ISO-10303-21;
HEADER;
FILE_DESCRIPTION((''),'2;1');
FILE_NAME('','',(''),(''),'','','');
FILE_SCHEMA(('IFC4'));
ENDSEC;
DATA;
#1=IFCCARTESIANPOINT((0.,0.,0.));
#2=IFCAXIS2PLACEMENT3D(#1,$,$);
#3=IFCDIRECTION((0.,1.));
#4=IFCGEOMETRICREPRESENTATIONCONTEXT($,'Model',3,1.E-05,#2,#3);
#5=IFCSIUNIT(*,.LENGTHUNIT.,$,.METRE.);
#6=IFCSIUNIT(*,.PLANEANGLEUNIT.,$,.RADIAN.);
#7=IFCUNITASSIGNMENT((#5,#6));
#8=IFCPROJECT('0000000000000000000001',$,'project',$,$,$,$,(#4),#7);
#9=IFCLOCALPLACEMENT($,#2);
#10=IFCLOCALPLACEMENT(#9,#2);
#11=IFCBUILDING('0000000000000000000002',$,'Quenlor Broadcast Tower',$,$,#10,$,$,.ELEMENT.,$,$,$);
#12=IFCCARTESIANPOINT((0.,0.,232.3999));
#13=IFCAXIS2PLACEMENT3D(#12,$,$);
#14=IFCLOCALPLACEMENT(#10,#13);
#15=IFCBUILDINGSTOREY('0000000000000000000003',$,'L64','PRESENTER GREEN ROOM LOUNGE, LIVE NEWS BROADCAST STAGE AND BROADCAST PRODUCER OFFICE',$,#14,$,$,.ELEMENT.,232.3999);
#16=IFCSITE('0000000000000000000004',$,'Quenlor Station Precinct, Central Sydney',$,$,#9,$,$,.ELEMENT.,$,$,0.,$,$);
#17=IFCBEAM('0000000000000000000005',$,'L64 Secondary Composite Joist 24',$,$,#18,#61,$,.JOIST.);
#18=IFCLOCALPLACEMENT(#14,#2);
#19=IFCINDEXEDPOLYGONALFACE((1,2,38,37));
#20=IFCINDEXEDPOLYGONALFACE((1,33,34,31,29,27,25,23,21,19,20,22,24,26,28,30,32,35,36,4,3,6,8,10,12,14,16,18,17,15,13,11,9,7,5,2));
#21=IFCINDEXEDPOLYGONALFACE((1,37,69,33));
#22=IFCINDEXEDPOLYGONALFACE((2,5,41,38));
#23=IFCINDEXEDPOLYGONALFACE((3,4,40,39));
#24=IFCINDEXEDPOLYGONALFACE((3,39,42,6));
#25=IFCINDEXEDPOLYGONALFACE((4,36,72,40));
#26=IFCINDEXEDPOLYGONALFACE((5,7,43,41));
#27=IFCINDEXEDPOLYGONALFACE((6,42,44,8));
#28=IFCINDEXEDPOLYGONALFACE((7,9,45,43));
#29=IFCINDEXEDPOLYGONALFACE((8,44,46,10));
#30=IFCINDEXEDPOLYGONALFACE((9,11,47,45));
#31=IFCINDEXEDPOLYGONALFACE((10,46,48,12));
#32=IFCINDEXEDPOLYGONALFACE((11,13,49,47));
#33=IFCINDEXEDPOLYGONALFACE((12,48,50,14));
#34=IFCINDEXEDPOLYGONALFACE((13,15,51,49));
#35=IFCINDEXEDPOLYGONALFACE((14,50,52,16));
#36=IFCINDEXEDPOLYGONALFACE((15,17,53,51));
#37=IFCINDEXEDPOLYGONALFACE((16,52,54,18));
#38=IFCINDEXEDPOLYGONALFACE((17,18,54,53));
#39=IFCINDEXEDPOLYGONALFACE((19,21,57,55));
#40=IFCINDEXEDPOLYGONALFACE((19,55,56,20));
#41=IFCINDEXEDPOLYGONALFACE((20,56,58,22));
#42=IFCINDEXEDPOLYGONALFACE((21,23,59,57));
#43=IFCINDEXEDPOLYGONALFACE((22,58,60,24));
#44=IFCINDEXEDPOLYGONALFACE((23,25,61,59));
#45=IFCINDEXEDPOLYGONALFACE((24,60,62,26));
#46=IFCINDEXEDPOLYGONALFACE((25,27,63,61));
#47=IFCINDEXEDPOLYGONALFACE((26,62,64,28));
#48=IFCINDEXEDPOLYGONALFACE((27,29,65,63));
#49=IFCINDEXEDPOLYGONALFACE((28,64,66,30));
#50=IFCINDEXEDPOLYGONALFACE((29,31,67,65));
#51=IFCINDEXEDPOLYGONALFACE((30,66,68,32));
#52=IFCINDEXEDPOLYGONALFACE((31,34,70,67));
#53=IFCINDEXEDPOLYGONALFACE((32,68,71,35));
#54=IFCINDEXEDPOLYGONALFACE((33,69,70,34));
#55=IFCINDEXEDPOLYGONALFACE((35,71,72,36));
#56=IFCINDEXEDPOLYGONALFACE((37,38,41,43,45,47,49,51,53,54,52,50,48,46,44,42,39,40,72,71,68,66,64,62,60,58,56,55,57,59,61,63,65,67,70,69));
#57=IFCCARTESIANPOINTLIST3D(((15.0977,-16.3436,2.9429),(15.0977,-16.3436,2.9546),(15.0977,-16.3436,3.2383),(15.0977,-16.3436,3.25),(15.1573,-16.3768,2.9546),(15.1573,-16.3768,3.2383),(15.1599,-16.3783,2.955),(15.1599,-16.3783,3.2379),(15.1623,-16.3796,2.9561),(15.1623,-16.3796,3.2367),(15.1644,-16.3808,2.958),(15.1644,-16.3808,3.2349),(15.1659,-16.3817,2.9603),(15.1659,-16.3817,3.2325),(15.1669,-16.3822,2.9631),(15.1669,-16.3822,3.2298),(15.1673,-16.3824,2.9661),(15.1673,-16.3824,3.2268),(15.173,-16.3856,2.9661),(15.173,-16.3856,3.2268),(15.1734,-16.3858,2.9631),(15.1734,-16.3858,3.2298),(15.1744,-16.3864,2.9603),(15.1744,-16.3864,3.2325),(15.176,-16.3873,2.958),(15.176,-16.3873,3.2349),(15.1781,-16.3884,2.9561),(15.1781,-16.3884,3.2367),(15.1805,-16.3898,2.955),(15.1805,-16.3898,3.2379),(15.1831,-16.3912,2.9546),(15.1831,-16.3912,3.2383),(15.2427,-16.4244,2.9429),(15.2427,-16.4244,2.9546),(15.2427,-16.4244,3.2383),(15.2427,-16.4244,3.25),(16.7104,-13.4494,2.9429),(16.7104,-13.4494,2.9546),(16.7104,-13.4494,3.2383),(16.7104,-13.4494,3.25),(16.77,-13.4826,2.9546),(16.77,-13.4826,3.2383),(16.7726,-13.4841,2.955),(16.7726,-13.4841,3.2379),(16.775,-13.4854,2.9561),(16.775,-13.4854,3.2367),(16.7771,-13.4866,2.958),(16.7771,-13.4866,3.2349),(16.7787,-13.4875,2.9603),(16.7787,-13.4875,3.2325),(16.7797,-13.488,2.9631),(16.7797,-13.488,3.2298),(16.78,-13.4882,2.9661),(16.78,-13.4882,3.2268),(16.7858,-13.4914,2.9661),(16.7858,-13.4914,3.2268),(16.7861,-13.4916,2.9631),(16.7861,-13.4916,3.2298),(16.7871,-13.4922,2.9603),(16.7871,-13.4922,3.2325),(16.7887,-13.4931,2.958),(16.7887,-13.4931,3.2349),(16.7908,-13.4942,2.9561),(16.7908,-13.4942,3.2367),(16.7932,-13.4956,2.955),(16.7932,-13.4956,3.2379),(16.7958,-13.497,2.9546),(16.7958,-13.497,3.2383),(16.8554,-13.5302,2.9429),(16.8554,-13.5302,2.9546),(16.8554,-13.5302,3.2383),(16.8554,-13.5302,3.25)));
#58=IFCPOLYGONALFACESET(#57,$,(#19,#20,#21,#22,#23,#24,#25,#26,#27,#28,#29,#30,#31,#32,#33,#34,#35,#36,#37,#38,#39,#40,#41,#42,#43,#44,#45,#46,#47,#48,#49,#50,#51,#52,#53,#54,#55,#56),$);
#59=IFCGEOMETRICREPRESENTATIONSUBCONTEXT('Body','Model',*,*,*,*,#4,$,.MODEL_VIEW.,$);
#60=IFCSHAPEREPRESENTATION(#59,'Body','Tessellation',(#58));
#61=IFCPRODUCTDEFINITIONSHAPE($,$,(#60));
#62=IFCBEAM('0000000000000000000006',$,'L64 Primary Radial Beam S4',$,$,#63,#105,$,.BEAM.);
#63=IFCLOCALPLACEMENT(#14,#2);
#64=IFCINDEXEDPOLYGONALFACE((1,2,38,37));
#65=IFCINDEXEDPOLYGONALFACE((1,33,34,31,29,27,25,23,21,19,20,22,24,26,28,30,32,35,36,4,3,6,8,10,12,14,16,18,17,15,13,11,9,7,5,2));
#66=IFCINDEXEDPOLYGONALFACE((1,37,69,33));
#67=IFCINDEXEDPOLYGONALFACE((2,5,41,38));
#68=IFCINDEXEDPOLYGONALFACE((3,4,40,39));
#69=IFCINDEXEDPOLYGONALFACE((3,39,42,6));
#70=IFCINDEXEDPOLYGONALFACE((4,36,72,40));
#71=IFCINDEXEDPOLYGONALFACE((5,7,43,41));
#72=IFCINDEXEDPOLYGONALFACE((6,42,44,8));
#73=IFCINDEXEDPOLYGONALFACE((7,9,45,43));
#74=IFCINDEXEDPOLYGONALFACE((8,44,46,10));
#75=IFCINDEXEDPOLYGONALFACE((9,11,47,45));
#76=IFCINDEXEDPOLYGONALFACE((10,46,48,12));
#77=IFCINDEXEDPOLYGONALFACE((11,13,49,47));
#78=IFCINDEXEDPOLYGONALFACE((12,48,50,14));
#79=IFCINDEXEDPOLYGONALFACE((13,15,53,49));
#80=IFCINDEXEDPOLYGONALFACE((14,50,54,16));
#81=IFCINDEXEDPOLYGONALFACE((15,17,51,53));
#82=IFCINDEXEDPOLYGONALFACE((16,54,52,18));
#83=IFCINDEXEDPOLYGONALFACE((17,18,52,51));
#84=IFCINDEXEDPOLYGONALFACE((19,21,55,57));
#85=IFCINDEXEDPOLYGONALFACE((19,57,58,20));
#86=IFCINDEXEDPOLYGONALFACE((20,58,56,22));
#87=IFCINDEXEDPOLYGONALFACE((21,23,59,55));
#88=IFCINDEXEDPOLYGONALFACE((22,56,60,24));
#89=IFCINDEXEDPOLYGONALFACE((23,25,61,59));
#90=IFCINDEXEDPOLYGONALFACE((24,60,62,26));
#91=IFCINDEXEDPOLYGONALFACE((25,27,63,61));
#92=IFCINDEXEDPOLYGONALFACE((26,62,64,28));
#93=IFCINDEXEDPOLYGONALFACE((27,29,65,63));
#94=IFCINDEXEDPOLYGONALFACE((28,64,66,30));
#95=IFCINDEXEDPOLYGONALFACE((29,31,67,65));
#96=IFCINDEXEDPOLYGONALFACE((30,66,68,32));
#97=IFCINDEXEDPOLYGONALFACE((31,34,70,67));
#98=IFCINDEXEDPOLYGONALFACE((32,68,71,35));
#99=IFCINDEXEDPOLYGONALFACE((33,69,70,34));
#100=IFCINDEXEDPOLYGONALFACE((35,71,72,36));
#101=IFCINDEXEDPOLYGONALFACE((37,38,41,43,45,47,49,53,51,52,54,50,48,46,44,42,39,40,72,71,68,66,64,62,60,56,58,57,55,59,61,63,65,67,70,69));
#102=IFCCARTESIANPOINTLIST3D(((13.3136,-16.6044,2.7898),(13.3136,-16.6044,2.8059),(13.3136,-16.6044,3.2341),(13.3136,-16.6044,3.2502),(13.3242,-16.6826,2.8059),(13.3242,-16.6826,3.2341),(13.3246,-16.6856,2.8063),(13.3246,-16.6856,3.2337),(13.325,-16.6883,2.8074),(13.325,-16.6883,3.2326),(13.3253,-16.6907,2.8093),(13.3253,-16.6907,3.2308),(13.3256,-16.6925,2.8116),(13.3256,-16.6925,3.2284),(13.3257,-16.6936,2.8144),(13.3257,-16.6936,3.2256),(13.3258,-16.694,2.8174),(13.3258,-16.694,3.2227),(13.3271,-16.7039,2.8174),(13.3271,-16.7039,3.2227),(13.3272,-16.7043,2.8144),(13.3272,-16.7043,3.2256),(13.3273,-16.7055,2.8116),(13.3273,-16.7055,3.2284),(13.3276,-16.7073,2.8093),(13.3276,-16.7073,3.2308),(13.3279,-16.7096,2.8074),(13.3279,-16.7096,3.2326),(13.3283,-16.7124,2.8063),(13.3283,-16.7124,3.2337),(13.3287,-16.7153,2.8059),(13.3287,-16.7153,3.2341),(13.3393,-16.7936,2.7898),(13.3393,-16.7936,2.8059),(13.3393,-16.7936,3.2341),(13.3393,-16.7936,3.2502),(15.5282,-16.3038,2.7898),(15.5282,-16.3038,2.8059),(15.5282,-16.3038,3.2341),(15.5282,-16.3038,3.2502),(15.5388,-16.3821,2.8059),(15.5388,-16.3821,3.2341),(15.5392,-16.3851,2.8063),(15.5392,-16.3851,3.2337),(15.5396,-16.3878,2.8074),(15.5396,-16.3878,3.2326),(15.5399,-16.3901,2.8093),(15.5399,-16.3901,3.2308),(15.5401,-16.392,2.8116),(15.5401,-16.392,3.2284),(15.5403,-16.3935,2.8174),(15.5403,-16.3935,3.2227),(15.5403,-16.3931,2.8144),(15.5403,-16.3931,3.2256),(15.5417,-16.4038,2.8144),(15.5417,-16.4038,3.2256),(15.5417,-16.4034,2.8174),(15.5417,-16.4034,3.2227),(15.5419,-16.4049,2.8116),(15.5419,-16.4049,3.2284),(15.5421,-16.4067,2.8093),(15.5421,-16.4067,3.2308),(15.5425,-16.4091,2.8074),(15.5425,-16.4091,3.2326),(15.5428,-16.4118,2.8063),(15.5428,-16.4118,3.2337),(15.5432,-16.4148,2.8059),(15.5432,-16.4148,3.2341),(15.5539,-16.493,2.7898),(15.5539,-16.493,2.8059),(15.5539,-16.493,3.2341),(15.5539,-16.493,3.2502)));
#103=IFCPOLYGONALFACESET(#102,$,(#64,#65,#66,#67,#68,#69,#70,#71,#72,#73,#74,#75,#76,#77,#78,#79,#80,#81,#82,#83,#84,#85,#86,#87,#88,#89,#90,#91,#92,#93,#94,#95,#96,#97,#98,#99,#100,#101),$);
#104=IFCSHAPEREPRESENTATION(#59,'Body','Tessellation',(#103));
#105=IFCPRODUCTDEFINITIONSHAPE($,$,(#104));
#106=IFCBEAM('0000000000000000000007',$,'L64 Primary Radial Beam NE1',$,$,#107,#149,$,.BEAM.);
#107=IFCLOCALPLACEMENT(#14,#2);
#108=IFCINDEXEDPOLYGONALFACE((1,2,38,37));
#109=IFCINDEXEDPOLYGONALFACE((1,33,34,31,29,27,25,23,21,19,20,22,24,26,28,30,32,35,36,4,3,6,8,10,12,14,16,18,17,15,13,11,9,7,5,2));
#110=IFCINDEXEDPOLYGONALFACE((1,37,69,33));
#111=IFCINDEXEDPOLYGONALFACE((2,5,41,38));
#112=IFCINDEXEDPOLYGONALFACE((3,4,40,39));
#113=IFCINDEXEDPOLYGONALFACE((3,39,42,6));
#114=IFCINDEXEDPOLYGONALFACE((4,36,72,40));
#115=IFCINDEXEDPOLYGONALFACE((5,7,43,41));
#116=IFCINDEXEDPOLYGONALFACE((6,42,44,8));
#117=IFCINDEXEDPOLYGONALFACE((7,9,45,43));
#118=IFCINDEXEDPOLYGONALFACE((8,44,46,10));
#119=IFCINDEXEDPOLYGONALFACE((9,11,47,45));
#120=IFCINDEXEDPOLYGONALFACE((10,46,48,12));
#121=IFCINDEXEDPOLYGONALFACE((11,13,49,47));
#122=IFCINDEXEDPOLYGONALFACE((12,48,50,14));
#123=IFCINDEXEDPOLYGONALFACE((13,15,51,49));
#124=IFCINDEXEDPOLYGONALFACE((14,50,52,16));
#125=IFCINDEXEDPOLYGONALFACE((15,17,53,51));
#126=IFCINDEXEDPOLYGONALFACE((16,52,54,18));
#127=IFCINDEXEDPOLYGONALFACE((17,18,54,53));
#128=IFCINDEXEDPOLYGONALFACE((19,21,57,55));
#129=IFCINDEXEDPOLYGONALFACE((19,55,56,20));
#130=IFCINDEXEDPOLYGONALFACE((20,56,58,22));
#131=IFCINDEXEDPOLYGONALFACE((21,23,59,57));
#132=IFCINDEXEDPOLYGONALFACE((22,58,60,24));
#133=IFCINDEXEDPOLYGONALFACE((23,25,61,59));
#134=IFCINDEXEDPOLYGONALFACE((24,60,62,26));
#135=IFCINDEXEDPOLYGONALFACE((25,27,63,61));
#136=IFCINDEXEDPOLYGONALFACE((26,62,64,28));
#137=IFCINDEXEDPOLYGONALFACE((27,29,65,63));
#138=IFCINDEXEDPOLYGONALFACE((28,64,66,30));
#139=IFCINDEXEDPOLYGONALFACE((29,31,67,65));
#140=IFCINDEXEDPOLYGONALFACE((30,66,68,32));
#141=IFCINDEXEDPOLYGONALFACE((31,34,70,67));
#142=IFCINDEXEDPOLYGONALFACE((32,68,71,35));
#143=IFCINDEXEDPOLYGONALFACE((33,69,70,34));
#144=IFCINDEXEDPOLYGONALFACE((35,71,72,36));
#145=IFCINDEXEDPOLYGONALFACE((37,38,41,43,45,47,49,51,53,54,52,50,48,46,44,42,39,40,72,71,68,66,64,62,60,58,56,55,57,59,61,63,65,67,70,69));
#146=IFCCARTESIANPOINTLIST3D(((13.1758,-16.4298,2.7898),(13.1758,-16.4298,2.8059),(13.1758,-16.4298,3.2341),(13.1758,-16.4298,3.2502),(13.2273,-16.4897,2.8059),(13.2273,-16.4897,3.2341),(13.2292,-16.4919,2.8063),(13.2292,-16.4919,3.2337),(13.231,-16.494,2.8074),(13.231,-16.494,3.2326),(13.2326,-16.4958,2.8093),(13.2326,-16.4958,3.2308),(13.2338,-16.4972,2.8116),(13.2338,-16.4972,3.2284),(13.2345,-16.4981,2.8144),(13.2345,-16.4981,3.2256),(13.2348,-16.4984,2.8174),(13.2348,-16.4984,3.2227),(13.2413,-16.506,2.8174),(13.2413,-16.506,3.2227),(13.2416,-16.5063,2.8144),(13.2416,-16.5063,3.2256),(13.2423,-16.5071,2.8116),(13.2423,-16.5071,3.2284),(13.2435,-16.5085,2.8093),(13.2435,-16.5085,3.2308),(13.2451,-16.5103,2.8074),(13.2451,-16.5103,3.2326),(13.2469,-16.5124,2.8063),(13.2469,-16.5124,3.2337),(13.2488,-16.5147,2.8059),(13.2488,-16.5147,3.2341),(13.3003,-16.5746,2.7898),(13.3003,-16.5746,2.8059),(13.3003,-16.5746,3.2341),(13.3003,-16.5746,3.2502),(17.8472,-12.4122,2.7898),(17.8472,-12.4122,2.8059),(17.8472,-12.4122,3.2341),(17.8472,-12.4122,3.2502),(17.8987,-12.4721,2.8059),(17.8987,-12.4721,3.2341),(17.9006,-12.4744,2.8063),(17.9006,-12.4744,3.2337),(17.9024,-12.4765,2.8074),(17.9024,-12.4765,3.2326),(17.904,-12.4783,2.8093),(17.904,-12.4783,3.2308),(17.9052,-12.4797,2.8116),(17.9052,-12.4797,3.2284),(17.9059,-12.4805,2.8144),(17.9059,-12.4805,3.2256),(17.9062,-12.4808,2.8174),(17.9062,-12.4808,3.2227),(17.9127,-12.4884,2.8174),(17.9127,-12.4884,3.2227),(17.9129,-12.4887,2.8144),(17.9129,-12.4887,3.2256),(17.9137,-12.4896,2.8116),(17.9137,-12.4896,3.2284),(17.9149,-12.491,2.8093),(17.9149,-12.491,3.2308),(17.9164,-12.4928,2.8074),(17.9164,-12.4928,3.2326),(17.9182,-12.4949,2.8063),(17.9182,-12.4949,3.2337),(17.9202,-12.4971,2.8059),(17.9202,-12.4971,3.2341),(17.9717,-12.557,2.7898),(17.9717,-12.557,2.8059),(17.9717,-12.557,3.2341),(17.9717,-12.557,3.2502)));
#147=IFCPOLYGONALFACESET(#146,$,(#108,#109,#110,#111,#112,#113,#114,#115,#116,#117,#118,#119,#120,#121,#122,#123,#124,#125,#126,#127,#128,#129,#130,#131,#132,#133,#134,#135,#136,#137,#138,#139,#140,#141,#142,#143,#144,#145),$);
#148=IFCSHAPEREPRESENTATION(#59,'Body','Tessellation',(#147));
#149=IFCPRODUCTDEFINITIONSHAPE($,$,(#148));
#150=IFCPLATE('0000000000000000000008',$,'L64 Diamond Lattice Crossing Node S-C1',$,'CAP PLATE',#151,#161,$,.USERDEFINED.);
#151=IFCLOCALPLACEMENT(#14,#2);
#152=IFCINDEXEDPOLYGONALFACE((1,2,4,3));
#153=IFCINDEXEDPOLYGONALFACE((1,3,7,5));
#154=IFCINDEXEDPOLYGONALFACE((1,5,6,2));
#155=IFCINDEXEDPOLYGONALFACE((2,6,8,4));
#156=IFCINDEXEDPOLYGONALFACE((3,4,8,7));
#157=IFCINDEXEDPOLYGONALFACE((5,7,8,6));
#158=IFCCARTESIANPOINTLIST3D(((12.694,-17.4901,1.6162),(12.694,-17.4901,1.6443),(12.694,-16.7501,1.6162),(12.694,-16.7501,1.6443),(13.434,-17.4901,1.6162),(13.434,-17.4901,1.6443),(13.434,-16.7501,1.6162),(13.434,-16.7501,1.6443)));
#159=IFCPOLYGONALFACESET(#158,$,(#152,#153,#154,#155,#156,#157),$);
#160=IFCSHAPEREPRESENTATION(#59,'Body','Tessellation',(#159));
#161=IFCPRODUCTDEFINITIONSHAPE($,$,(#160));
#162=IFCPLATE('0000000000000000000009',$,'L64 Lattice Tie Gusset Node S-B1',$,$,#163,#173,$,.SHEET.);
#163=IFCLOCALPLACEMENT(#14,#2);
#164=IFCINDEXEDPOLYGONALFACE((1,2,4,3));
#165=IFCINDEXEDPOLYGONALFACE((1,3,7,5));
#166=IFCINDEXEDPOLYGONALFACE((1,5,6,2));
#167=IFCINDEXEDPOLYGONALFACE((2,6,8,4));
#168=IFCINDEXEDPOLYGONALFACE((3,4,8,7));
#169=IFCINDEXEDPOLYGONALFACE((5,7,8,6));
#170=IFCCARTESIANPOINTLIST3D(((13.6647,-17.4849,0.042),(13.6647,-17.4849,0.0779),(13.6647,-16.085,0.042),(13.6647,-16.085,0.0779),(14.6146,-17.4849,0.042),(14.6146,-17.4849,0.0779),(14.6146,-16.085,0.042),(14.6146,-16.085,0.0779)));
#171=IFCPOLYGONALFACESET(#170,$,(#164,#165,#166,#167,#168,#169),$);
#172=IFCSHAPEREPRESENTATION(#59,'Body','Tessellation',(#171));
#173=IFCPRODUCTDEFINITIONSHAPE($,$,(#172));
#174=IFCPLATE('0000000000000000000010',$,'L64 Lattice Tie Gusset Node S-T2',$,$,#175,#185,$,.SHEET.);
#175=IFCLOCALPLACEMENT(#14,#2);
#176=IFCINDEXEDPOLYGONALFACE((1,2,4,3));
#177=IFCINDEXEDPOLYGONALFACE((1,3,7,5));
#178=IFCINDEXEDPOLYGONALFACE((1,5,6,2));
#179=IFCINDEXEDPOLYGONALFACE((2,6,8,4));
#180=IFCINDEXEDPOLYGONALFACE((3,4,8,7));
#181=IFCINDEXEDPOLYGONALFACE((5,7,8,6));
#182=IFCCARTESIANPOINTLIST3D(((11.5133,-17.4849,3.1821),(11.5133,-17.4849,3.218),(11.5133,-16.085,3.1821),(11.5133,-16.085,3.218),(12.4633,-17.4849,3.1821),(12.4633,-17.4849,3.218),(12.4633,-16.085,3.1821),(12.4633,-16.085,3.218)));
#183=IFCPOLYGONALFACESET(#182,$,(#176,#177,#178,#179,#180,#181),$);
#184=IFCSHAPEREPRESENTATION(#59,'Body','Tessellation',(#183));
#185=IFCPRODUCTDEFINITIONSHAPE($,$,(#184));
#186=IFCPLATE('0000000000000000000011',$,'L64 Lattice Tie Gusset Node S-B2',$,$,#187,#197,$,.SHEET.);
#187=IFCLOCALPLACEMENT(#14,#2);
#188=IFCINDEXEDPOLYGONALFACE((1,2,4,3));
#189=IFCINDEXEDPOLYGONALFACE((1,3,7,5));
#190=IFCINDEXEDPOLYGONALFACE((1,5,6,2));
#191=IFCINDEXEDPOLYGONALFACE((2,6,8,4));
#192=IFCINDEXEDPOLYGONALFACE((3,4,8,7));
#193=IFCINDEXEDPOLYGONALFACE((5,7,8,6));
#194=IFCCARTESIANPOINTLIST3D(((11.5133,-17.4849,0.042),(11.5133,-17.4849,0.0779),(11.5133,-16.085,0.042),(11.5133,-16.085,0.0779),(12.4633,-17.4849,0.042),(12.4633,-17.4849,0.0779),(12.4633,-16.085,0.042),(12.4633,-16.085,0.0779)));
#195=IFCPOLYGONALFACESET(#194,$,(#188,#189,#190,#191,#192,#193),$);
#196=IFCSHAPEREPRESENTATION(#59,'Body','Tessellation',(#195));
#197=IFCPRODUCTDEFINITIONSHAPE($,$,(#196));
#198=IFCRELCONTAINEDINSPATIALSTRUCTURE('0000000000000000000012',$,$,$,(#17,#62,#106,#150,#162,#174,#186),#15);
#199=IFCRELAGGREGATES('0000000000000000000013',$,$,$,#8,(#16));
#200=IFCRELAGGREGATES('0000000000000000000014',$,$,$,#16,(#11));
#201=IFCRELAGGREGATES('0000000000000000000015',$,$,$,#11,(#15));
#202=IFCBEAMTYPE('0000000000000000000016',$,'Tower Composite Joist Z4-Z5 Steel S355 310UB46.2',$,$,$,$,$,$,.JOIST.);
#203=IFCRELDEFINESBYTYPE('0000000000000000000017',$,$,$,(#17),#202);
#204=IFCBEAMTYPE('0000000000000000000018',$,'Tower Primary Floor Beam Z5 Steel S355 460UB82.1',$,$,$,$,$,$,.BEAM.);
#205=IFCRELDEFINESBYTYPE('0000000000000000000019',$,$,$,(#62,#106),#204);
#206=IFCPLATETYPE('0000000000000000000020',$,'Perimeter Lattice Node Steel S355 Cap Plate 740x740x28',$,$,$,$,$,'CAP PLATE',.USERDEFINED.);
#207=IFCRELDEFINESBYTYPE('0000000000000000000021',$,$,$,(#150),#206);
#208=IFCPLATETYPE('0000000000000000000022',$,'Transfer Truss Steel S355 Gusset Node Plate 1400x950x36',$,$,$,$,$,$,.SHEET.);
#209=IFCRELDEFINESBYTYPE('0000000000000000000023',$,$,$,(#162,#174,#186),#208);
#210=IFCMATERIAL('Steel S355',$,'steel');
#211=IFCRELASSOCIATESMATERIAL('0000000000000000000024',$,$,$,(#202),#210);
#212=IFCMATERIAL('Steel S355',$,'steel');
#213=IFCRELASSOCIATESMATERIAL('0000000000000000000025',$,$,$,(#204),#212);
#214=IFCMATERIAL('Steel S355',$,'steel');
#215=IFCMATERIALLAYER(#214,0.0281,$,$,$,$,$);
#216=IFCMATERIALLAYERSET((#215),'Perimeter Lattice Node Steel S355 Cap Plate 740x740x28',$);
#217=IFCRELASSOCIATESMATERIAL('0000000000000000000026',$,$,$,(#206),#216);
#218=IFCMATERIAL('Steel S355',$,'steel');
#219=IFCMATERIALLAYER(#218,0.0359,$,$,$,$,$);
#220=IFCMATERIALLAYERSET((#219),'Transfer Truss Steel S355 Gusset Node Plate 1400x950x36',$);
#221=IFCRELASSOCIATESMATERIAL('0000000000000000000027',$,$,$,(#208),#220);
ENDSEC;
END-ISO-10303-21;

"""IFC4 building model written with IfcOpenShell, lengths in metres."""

from ifc_helpers import new_model, si_unit, direction, frame, origin, origin_2d, place, context, subcontext, project, spatial, rectangle, i_section, extrude, material, layer, layer_set, material_profile, profile_set, type_object, element, save


model = new_model("IFC4")

# Units and contexts
model_context = context("Model", 3, precision=1e-05, world=origin(), true_north=direction((0.0, 1.0)))
body_context = subcontext(model_context, "Body", "Model", "MODEL_VIEW")
ifc_project = project(units=[si_unit("LENGTHUNIT", "METRE"), si_unit("PLANEANGLEUNIT", "RADIAN")], contexts=[model_context])

# Site, building, storey
site_placement = place(None, origin())
site = spatial("IfcSite", under=ifc_project, at=site_placement, Name="Quenlor Station Precinct, Central Sydney", CompositionType="ELEMENT", RefElevation=0.0)
building_placement = place(site_placement, origin())
building = spatial("IfcBuilding", under=site, at=building_placement, Name="Quenlor Broadcast Tower", CompositionType="ELEMENT")
storey_placement = place(building_placement, frame((0.0, 0.0, 232.3999)))
storey = spatial("IfcBuildingStorey", under=building, at=storey_placement, Name="L64", Description="PRESENTER GREEN ROOM LOUNGE, LIVE NEWS BROADCAST STAGE AND BROADCAST PRODUCER OFFICE", CompositionType="ELEMENT", Elevation=232.3999)

# Beams
ifc_material_1 = material(Name="Steel S355", Category="steel")
ifc_material_profile_1 = material_profile(ifc_material_1, i_section(OverallWidth=0.166, OverallDepth=0.3071, WebThickness=0.0066, FlangeThickness=0.0117, FilletRadius=0.0115, at=origin_2d()))
ifc_profile_set_1 = profile_set([ifc_material_profile_1], Name="Steel S355 310UB46.2")
beam_type_1 = type_object("IfcBeamType", Name="Tower Composite Joist Z4-Z5 Steel S355 310UB46.2", PredefinedType="JOIST", material=ifc_profile_set_1)
beam_1_placement = place(storey_placement, frame((15.1702, -16.384, 3.0964), z_axis=(0.486762, 0.873534, 0.0), x_axis=(-0.873534, 0.486762, 0.0)))
element("IfcBeam", 1, at=beam_1_placement, inside=storey, type_object=beam_type_1, Name="L64 Secondary Composite Joist 24", PredefinedType="JOIST", context=body_context, shape_type="SweptSolid", body=[
    extrude(i_section(OverallWidth=0.166, OverallDepth=0.3071, WebThickness=0.0066, FlangeThickness=0.0117, FilletRadius=0.0115, at=origin_2d()), origin(), (0.0, 0.0, 1.0), 3.3132),
])
ifc_material_2 = material(Name="Steel S355", Category="steel")
ifc_material_profile_2 = material_profile(ifc_material_2, i_section(OverallWidth=0.1909, OverallDepth=0.4604, WebThickness=0.01, FlangeThickness=0.0161, FilletRadius=0.0115, at=origin_2d()))
ifc_profile_set_2 = profile_set([ifc_material_profile_2], Name="Steel S355 460UB82.1")
beam_type_2 = type_object("IfcBeamType", Name="Tower Primary Floor Beam Z5 Steel S355 460UB82.1", PredefinedType="BEAM", material=ifc_profile_set_2)
beam_2_placement = place(storey_placement, frame((15.541, -16.3984, 3.02), z_axis=(-0.990917, -0.134475, 0.0), x_axis=(0.134475, -0.990917, 0.0)))
element("IfcBeam", 2, at=beam_2_placement, inside=storey, type_object=beam_type_2, Name="L64 Primary Radial Beam S4", PredefinedType="BEAM", context=body_context, shape_type="SweptSolid", body=[
    extrude(i_section(OverallWidth=0.1909, OverallDepth=0.4604, WebThickness=0.01, FlangeThickness=0.0161, FilletRadius=0.0115, at=origin_2d()), origin(), (0.0, 0.0, 1.0), 2.2349),
])
beam_3_placement = place(storey_placement, frame((17.9094, -12.4846, 3.02), z_axis=(-0.75817, -0.652057, 0.0), x_axis=(0.652057, -0.75817, 0.0)))
element("IfcBeam", 3, at=beam_3_placement, inside=storey, type_object=beam_type_2, Name="L64 Primary Radial Beam NE1", PredefinedType="BEAM", context=body_context, shape_type="SweptSolid", body=[
    extrude(i_section(OverallWidth=0.1909, OverallDepth=0.4604, WebThickness=0.01, FlangeThickness=0.0161, FilletRadius=0.0115, at=origin_2d()), origin(), (0.0, 0.0, 1.0), 6.1614),
])

# Plates
ifc_material_3 = material(Name="Steel S355", Category="steel")
ifc_layer_1 = layer(ifc_material_3, 0.0281)
ifc_layer_set_1 = layer_set([ifc_layer_1], Name="Perimeter Lattice Node Steel S355 Cap Plate 740x740x28")
plate_type_1 = type_object("IfcPlateType", Name="Perimeter Lattice Node Steel S355 Cap Plate 740x740x28", ElementType="CAP PLATE", PredefinedType="USERDEFINED", material=ifc_layer_set_1)
plate_placement = place(storey_placement, frame((13.064, -17.1201, 1.6162), z_axis=(0.0, 0.0, 1.0), x_axis=(-1.0, 0.0, 0.0)))
element("IfcPlate", 4, at=plate_placement, inside=storey, type_object=plate_type_1, Name="L64 Diamond Lattice Crossing Node S-C1", ObjectType="CAP PLATE", PredefinedType="USERDEFINED", context=body_context, shape_type="SweptSolid", body=[
    extrude(rectangle(XDim=0.74, YDim=0.74, at=origin_2d()), origin(), (0.0, 0.0, 1.0), 0.0281),
])
ifc_material_4 = material(Name="Steel S355", Category="steel")
ifc_layer_2 = layer(ifc_material_4, 0.0359)
ifc_layer_set_2 = layer_set([ifc_layer_2], Name="Transfer Truss Steel S355 Gusset Node Plate 1400x950x36")
plate_type_2 = type_object("IfcPlateType", Name="Transfer Truss Steel S355 Gusset Node Plate 1400x950x36", PredefinedType="SHEET", material=ifc_layer_set_2)
for number, where, z_axis, x_axis, name in (
    (5, (14.1396, -16.7849, 0.042), (0.0, 0.0, 1.0), (0.0, -1.0, 0.0), "L64 Lattice Tie Gusset Node S-B1"),
    (6, (11.9883, -16.7849, 3.1821), (0.0, 0.0, 1.0), (0.0, -1.0, 0.0), "L64 Lattice Tie Gusset Node S-T2"),
    (7, (11.9883, -16.7849, 0.042), (0.0, 0.0, 1.0), (0.0, -1.0, 0.0), "L64 Lattice Tie Gusset Node S-B2"),
):
    element("IfcPlate", number, at=place(storey_placement, frame(where, z_axis=z_axis, x_axis=x_axis)), inside=storey, type_object=plate_type_2, Name=name, PredefinedType="SHEET", context=body_context, shape_type="SweptSolid", body=[
        extrude(rectangle(XDim=1.3999, YDim=0.95, at=origin_2d()), origin(), (0.0, 0.0, 1.0), 0.0359),
    ])

save(model, "model.ifc")
